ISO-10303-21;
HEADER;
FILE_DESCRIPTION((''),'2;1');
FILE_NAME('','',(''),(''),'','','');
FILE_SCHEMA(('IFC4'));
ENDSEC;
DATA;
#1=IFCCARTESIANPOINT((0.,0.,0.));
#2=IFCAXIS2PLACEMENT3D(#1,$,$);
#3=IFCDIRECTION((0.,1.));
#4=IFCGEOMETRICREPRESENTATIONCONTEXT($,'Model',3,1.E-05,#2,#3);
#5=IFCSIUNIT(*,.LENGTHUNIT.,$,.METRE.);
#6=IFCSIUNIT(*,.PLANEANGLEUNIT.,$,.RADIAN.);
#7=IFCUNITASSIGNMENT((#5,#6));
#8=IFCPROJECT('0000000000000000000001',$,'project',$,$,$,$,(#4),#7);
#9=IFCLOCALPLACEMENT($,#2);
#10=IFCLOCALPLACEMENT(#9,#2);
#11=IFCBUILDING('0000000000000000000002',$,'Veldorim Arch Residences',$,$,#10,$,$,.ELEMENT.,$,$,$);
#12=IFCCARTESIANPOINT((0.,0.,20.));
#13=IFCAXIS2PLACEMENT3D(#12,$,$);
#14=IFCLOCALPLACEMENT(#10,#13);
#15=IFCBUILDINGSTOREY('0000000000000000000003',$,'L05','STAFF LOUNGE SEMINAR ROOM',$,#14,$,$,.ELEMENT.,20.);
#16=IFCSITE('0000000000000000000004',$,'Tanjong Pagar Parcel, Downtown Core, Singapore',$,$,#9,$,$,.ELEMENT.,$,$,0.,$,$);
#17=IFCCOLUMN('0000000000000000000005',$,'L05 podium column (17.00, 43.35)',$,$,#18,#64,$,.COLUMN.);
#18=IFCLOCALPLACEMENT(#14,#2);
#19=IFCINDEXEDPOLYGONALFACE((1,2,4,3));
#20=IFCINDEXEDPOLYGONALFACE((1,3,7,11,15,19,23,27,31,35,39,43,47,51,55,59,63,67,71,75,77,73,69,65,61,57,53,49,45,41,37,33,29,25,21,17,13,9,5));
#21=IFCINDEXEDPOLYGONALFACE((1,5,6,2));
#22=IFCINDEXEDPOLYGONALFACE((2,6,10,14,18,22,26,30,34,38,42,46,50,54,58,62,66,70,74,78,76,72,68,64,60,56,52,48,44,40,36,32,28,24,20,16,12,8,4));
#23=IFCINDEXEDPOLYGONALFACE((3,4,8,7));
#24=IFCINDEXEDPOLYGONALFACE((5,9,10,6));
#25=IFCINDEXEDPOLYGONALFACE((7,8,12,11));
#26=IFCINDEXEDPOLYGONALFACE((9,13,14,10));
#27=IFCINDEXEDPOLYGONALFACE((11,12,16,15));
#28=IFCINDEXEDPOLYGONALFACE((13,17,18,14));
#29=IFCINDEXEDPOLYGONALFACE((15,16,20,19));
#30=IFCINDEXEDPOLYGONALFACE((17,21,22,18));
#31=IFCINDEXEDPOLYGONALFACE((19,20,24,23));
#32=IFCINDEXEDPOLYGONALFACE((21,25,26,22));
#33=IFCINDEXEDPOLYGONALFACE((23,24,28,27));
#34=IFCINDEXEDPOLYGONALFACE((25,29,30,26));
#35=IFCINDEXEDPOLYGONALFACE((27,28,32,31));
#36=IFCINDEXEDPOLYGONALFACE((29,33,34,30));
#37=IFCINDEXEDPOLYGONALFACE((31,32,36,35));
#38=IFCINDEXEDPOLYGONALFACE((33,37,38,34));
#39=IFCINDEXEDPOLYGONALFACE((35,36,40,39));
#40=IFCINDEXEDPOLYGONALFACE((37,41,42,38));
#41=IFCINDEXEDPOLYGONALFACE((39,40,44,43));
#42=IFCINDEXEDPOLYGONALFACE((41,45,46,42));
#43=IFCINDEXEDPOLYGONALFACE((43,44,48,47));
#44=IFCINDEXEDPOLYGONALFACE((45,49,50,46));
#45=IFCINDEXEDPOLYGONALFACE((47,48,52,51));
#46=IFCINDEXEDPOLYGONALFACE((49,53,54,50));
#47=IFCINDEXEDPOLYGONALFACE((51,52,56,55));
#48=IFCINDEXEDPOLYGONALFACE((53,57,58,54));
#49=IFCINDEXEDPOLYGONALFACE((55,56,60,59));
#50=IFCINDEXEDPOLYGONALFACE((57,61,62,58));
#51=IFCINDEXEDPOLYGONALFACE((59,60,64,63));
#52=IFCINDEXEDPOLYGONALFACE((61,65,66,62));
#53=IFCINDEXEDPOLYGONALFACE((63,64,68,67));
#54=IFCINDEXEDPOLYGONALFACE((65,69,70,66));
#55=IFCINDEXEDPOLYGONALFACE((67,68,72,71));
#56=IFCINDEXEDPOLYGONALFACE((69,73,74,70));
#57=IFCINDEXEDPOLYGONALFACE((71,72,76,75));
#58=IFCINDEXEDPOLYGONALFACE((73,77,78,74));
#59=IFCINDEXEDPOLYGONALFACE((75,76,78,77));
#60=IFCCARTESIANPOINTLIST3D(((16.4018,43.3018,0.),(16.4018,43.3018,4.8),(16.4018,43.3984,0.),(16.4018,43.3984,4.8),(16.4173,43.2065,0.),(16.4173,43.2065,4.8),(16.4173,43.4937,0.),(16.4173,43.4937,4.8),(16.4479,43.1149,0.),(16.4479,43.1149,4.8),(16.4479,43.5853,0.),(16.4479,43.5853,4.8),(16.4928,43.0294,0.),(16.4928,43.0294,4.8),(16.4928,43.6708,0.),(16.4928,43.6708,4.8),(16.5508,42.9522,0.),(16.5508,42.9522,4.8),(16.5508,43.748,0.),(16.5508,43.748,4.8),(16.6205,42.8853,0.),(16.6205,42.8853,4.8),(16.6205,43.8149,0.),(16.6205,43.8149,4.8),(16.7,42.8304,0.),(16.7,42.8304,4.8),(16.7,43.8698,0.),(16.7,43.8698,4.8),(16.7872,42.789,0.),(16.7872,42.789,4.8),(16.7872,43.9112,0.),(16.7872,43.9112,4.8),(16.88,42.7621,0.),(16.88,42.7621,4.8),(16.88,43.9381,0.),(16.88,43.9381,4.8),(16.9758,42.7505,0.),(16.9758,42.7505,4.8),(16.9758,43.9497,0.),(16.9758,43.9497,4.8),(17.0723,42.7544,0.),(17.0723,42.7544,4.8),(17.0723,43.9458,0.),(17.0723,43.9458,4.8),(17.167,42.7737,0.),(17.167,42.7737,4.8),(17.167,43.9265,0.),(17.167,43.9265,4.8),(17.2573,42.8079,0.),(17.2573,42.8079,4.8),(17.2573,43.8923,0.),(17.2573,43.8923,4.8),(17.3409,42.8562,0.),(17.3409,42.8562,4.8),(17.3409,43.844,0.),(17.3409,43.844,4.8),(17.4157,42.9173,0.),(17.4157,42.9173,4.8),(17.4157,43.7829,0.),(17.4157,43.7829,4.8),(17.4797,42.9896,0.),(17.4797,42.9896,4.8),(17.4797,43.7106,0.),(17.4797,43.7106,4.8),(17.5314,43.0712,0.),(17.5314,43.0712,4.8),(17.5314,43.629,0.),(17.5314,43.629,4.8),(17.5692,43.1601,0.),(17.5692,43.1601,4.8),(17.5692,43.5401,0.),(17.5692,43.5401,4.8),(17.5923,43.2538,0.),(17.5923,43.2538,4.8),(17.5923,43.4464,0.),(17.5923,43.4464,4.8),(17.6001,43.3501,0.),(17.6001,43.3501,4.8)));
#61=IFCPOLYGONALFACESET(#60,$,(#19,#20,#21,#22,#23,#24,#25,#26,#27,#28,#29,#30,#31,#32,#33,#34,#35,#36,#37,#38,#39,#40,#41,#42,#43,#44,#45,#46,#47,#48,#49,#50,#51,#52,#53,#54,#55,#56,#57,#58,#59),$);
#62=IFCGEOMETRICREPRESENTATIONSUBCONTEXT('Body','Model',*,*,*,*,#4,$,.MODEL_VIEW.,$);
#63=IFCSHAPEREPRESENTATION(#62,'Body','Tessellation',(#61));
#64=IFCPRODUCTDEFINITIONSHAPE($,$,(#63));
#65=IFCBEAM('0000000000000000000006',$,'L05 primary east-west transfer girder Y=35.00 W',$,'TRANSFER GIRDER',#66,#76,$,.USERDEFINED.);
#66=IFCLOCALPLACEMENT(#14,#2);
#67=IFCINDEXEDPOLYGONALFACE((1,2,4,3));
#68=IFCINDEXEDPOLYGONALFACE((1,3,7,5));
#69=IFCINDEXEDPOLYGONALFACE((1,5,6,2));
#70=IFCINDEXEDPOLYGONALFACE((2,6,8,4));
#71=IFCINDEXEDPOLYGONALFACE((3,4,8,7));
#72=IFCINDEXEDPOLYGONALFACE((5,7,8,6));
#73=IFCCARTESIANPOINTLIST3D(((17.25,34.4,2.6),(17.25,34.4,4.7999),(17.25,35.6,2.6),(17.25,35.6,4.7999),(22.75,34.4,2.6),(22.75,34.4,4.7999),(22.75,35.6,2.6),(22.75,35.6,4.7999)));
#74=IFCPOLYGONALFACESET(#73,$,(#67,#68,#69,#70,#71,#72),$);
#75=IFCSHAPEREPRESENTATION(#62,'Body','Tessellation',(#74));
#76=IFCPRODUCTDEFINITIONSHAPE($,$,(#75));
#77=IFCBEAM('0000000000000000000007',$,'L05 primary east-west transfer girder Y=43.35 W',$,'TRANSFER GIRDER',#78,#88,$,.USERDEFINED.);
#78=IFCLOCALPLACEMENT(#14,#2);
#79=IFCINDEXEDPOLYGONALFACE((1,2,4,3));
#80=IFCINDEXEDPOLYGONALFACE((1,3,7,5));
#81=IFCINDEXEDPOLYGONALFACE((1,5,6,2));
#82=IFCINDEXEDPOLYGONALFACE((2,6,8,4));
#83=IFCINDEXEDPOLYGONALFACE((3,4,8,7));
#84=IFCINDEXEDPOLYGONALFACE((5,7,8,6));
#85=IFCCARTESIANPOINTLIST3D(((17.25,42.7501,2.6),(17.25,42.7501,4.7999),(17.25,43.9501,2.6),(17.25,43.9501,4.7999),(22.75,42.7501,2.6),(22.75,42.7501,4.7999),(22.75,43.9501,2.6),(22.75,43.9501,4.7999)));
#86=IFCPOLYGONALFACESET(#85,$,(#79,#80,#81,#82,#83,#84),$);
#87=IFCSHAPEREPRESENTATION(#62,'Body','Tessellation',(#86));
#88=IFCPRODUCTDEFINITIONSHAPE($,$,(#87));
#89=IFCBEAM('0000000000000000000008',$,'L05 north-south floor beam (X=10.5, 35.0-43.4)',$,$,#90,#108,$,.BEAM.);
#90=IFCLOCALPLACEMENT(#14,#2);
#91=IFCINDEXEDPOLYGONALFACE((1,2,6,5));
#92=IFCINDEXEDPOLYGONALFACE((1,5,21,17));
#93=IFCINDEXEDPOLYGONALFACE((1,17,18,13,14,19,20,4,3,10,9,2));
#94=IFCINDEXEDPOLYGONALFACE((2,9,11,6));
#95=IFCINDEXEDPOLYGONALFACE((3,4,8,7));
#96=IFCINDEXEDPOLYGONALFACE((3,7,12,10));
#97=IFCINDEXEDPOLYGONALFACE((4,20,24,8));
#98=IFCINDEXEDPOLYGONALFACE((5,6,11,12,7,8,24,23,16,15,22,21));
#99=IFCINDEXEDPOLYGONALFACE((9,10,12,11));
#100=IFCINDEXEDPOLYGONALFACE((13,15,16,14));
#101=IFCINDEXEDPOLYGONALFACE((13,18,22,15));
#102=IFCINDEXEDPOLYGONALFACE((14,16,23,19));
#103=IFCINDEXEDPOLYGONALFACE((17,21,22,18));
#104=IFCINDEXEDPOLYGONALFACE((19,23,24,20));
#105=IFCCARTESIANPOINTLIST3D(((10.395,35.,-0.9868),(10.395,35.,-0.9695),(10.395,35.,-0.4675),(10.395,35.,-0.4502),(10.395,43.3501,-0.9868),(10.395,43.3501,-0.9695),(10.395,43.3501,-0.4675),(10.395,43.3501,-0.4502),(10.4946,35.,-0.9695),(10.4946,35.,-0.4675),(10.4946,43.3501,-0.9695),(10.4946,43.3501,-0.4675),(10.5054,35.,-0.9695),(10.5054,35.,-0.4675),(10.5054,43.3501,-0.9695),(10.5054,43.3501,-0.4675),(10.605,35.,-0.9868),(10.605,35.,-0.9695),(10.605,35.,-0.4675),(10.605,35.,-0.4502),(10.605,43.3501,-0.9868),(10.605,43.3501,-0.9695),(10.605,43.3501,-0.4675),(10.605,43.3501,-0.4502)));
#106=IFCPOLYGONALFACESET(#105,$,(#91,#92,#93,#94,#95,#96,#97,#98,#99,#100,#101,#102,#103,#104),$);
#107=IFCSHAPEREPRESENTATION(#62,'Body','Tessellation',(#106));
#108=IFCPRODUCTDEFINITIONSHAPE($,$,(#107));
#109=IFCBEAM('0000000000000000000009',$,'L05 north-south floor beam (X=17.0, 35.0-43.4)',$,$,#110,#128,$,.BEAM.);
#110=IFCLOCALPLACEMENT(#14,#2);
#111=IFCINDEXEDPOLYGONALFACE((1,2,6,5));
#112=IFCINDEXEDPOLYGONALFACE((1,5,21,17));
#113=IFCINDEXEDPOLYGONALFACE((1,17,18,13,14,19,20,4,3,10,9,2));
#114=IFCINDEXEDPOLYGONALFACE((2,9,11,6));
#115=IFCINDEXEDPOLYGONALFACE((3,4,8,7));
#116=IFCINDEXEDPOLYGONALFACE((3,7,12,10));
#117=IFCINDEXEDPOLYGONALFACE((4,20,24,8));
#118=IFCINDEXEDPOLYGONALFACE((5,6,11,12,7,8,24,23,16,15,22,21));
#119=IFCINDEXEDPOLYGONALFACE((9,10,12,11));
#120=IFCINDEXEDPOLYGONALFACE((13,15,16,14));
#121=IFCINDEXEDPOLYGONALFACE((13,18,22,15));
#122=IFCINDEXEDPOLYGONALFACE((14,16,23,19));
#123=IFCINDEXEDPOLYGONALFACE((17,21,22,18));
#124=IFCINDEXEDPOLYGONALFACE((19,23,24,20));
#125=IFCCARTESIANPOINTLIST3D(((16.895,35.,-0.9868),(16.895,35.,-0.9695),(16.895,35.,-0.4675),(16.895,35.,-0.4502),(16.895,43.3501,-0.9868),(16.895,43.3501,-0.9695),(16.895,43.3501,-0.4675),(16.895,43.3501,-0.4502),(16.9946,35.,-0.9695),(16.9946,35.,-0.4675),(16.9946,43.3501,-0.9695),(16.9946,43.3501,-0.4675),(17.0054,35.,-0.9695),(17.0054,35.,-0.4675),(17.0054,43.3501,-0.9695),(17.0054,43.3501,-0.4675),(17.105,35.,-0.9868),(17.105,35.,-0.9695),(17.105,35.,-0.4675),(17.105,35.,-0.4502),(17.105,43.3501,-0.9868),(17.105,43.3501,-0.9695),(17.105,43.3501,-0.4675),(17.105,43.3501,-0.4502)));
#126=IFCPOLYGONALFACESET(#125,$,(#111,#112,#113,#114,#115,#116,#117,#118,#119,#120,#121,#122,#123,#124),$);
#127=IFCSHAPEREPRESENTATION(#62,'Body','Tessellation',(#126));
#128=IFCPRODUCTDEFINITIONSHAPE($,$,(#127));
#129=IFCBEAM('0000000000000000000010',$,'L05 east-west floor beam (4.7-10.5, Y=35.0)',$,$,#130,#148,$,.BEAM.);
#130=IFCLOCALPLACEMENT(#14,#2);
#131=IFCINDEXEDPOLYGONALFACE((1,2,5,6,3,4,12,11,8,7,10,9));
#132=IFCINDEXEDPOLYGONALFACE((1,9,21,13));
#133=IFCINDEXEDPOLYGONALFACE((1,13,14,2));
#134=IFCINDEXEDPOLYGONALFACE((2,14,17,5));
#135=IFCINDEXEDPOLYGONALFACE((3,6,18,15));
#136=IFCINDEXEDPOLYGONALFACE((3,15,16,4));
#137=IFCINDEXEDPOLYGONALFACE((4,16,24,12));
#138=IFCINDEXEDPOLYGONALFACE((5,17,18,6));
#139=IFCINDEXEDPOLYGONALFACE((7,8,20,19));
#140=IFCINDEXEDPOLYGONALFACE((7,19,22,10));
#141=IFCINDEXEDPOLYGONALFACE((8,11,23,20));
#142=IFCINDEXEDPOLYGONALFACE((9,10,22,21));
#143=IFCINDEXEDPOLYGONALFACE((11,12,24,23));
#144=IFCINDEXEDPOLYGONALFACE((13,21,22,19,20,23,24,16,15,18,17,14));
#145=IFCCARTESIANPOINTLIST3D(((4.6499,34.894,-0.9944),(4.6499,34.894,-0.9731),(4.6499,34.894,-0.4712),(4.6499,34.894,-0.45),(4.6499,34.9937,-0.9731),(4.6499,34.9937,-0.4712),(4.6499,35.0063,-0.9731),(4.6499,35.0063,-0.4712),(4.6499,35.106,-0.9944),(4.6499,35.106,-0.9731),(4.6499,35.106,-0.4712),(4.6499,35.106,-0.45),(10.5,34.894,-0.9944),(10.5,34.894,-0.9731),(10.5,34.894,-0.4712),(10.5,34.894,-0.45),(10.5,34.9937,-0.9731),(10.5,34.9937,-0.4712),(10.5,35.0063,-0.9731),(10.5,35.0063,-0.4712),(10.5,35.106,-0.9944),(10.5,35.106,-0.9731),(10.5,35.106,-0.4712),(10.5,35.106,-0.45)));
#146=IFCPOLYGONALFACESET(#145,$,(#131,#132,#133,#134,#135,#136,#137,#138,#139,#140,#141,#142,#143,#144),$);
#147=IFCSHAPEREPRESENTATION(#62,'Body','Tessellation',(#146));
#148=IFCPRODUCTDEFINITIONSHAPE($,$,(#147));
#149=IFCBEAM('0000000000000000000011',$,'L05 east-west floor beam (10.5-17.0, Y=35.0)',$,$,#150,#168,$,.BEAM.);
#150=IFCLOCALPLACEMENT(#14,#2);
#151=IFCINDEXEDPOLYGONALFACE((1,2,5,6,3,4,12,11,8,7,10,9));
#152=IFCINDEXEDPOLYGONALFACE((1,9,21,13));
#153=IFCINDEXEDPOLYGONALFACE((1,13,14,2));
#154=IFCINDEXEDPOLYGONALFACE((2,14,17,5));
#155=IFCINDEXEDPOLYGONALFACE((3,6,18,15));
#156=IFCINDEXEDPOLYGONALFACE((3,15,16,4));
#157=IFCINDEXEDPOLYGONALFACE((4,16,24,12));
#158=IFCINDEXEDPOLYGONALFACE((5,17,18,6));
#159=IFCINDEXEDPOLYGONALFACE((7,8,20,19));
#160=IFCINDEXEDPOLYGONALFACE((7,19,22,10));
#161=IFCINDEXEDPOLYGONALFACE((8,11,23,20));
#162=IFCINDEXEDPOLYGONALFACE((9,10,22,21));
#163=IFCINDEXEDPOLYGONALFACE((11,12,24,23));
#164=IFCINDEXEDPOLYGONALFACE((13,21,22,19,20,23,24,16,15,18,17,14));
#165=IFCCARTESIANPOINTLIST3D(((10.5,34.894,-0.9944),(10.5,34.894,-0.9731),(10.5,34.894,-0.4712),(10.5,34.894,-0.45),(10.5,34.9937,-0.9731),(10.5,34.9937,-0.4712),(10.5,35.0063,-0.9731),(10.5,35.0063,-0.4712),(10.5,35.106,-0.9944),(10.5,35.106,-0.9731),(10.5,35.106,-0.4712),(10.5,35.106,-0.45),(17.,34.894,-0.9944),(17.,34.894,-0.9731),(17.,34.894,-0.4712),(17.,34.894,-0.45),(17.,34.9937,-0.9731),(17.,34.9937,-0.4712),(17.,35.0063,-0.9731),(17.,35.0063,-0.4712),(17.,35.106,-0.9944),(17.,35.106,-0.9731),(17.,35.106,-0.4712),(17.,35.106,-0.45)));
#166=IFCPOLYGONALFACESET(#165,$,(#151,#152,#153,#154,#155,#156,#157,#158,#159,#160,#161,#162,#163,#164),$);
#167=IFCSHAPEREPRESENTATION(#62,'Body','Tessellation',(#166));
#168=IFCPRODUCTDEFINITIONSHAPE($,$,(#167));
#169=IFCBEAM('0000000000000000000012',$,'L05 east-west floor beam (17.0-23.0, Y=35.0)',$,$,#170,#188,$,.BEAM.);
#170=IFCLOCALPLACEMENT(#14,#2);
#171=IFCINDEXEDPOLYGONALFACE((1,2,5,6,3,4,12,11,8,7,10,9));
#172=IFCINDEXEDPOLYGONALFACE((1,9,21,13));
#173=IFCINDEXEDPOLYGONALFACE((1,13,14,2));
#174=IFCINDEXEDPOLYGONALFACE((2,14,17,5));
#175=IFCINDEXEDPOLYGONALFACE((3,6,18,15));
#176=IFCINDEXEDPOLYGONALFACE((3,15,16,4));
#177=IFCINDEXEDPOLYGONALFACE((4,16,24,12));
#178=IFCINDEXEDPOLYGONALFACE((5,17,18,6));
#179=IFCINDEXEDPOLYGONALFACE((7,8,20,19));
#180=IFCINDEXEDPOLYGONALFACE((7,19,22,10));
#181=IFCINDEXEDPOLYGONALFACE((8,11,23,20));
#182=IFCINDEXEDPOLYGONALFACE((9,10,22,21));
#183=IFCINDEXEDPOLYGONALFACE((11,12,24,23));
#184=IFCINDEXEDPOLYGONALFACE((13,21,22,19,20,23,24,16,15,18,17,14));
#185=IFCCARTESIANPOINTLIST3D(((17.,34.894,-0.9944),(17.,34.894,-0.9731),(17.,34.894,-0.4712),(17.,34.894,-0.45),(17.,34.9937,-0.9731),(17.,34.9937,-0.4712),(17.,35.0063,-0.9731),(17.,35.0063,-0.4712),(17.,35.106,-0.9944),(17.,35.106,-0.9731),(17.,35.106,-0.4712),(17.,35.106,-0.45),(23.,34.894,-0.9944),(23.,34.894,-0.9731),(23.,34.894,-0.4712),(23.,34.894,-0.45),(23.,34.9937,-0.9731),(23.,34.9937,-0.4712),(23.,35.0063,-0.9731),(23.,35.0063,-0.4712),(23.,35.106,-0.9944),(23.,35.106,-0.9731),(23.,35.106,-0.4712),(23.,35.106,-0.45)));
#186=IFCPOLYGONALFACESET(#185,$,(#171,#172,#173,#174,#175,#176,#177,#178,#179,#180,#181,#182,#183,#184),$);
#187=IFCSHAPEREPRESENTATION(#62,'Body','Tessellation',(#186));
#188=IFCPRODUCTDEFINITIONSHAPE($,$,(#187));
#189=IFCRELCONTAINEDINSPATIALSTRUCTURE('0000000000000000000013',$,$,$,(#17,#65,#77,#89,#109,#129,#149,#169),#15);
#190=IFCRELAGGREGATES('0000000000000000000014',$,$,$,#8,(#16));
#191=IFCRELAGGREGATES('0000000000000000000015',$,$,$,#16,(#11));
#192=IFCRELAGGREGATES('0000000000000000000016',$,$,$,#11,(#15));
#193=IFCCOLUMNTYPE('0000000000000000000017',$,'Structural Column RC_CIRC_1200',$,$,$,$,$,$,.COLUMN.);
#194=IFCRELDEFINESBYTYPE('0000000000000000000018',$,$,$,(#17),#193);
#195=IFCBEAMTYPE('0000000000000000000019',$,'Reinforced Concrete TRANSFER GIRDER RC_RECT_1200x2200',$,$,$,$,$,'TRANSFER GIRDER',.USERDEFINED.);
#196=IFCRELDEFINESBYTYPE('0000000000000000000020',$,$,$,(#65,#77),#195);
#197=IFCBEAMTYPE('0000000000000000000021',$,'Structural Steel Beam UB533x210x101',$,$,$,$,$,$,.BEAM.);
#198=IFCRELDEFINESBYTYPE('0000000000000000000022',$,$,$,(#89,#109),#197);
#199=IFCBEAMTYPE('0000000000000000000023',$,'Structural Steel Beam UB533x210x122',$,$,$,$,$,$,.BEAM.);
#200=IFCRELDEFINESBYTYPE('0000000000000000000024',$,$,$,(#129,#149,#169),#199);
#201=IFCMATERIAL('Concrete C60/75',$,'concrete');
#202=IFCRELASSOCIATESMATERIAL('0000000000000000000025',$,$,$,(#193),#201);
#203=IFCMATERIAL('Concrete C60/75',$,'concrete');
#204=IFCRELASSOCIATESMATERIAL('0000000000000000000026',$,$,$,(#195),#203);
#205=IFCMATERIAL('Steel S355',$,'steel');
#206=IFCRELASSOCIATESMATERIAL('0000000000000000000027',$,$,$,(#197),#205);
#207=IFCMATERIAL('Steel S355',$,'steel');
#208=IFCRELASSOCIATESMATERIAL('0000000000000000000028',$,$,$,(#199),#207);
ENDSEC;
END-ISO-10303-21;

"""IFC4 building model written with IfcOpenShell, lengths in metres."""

from ifc_helpers import new_model, si_unit, direction, frame, origin, origin_2d, place, context, subcontext, project, spatial, rectangle, circle, i_section, extrude, material, material_profile, profile_set, type_object, element, save


model = new_model("IFC4")

# Units and contexts
model_context = context("Model", 3, precision=1e-05, world=origin(), true_north=direction((0.0, 1.0)))
body_context = subcontext(model_context, "Body", "Model", "MODEL_VIEW")
ifc_project = project(units=[si_unit("LENGTHUNIT", "METRE"), si_unit("PLANEANGLEUNIT", "RADIAN")], contexts=[model_context])

# Site, building, storey
site_placement = place(None, origin())
site = spatial("IfcSite", under=ifc_project, at=site_placement, Name="Tanjong Pagar Parcel, Downtown Core, Singapore", CompositionType="ELEMENT", RefElevation=0.0)
building_placement = place(site_placement, origin())
building = spatial("IfcBuilding", under=site, at=building_placement, Name="Veldorim Arch Residences", CompositionType="ELEMENT")
storey_placement = place(building_placement, frame((0.0, 0.0, 20.0)))
storey = spatial("IfcBuildingStorey", under=building, at=storey_placement, Name="L05", Description="STAFF LOUNGE SEMINAR ROOM", CompositionType="ELEMENT", Elevation=20.0)

# Column
ifc_material_1 = material(Name="Concrete C60/75", Category="concrete")
ifc_material_profile_1 = material_profile(ifc_material_1, circle(Radius=0.6001, at=origin_2d()), Name="RC_CIRC_1200")
ifc_profile_set_1 = profile_set([ifc_material_profile_1], Name="Concrete C60/75")
column_type = type_object("IfcColumnType", Name="Structural Column RC_CIRC_1200", PredefinedType="COLUMN", material=ifc_profile_set_1)
for number, where, z_axis, x_axis, name in (
    (1, (17.0, 43.3501, 0.0), (0.0, 0.0, 1.0), (1.0, 0.0, 0.0), "L05 podium column (17.00, 43.35)"),
):
    element("IfcColumn", number, at=place(storey_placement, frame(where, z_axis=z_axis, x_axis=x_axis)), inside=storey, type_object=column_type, Name=name, PredefinedType="COLUMN", context=body_context, shape_type="SweptSolid", body=[
        extrude(circle(Radius=0.6001, at=origin_2d()), origin(), (0.0, 0.0, 1.0), 4.8),
    ])

# Beams
ifc_material_2 = material(Name="Concrete C60/75", Category="concrete")
ifc_material_profile_2 = material_profile(ifc_material_2, rectangle(XDim=1.2, YDim=2.2, at=origin_2d()), Name="RC_RECT_1200x2200")
ifc_profile_set_2 = profile_set([ifc_material_profile_2], Name="Concrete C60/75")
beam_type_1 = type_object("IfcBeamType", Name="Reinforced Concrete TRANSFER GIRDER RC_RECT_1200x2200", ElementType="TRANSFER GIRDER", PredefinedType="USERDEFINED", material=ifc_profile_set_2)
for number, where, z_axis, x_axis, name in (
    (2, (17.25, 35.0, 3.7), (1.0, 0.0, 0.0), (0.0, 1.0, 0.0), "L05 primary east-west transfer girder Y=35.00 W"),
    (3, (17.25, 43.3501, 3.7), (1.0, 0.0, 0.0), (0.0, 1.0, 0.0), "L05 primary east-west transfer girder Y=43.35 W"),
):
    element("IfcBeam", number, at=place(storey_placement, frame(where, z_axis=z_axis, x_axis=x_axis)), inside=storey, type_object=beam_type_1, Name=name, ObjectType="TRANSFER GIRDER", PredefinedType="USERDEFINED", context=body_context, shape_type="SweptSolid", body=[
        extrude(rectangle(XDim=1.2, YDim=2.2, at=origin_2d()), origin(), (0.0, 0.0, 1.0), 5.5),
    ])
ifc_material_3 = material(Name="Steel S355", Category="steel")
ifc_material_profile_3 = material_profile(ifc_material_3, i_section(OverallWidth=0.21, OverallDepth=0.5366, WebThickness=0.0107, FlangeThickness=0.0173, at=origin_2d()), Name="UB533x210x101")
ifc_profile_set_3 = profile_set([ifc_material_profile_3], Name="Steel S355")
beam_type_2 = type_object("IfcBeamType", Name="Structural Steel Beam UB533x210x101", PredefinedType="BEAM", material=ifc_profile_set_3)
for number, where, z_axis, x_axis, name in (
    (4, (10.5, 35.0, -0.7185), (0.0, 1.0, 0.0), (-1.0, 0.0, 0.0), "L05 north-south floor beam (X=10.5, 35.0-43.4)"),
    (5, (17.0, 35.0, -0.7185), (0.0, 1.0, 0.0), (-1.0, 0.0, 0.0), "L05 north-south floor beam (X=17.0, 35.0-43.4)"),
):
    element("IfcBeam", number, at=place(storey_placement, frame(where, z_axis=z_axis, x_axis=x_axis)), inside=storey, type_object=beam_type_2, Name=name, PredefinedType="BEAM", context=body_context, shape_type="SweptSolid", body=[
        extrude(i_section(OverallWidth=0.21, OverallDepth=0.5366, WebThickness=0.0107, FlangeThickness=0.0173, at=origin_2d()), origin(), (0.0, 0.0, 1.0), 8.3501),
    ])
ifc_material_4 = material(Name="Steel S355", Category="steel")
ifc_material_profile_4 = material_profile(ifc_material_4, i_section(OverallWidth=0.2119, OverallDepth=0.5444, WebThickness=0.0127, FlangeThickness=0.0212, at=origin_2d()), Name="UB533x210x122")
ifc_profile_set_4 = profile_set([ifc_material_profile_4], Name="Steel S355")
beam_type_3 = type_object("IfcBeamType", Name="Structural Steel Beam UB533x210x122", PredefinedType="BEAM", material=ifc_profile_set_4)
beam_1_placement = place(storey_placement, frame((4.6499, 35.0, -0.7222), z_axis=(1.0, 0.0, 0.0), x_axis=(0.0, 1.0, 0.0)))
element("IfcBeam", 6, at=beam_1_placement, inside=storey, type_object=beam_type_3, Name="L05 east-west floor beam (4.7-10.5, Y=35.0)", PredefinedType="BEAM", context=body_context, shape_type="SweptSolid", body=[
    extrude(i_section(OverallWidth=0.2119, OverallDepth=0.5444, WebThickness=0.0127, FlangeThickness=0.0212, at=origin_2d()), origin(), (0.0, 0.0, 1.0), 5.8501),
])
beam_2_placement = place(storey_placement, frame((10.5, 35.0, -0.7222), z_axis=(1.0, 0.0, 0.0), x_axis=(0.0, 1.0, 0.0)))
element("IfcBeam", 7, at=beam_2_placement, inside=storey, type_object=beam_type_3, Name="L05 east-west floor beam (10.5-17.0, Y=35.0)", PredefinedType="BEAM", context=body_context, shape_type="SweptSolid", body=[
    extrude(i_section(OverallWidth=0.2119, OverallDepth=0.5444, WebThickness=0.0127, FlangeThickness=0.0212, at=origin_2d()), origin(), (0.0, 0.0, 1.0), 6.5),
])
beam_3_placement = place(storey_placement, frame((17.0, 35.0, -0.7222), z_axis=(1.0, 0.0, 0.0), x_axis=(0.0, 1.0, 0.0)))
element("IfcBeam", 8, at=beam_3_placement, inside=storey, type_object=beam_type_3, Name="L05 east-west floor beam (17.0-23.0, Y=35.0)", PredefinedType="BEAM", context=body_context, shape_type="SweptSolid", body=[
    extrude(i_section(OverallWidth=0.2119, OverallDepth=0.5444, WebThickness=0.0127, FlangeThickness=0.0212, at=origin_2d()), origin(), (0.0, 0.0, 1.0), 6.0),
])

save(model, "model.ifc")
